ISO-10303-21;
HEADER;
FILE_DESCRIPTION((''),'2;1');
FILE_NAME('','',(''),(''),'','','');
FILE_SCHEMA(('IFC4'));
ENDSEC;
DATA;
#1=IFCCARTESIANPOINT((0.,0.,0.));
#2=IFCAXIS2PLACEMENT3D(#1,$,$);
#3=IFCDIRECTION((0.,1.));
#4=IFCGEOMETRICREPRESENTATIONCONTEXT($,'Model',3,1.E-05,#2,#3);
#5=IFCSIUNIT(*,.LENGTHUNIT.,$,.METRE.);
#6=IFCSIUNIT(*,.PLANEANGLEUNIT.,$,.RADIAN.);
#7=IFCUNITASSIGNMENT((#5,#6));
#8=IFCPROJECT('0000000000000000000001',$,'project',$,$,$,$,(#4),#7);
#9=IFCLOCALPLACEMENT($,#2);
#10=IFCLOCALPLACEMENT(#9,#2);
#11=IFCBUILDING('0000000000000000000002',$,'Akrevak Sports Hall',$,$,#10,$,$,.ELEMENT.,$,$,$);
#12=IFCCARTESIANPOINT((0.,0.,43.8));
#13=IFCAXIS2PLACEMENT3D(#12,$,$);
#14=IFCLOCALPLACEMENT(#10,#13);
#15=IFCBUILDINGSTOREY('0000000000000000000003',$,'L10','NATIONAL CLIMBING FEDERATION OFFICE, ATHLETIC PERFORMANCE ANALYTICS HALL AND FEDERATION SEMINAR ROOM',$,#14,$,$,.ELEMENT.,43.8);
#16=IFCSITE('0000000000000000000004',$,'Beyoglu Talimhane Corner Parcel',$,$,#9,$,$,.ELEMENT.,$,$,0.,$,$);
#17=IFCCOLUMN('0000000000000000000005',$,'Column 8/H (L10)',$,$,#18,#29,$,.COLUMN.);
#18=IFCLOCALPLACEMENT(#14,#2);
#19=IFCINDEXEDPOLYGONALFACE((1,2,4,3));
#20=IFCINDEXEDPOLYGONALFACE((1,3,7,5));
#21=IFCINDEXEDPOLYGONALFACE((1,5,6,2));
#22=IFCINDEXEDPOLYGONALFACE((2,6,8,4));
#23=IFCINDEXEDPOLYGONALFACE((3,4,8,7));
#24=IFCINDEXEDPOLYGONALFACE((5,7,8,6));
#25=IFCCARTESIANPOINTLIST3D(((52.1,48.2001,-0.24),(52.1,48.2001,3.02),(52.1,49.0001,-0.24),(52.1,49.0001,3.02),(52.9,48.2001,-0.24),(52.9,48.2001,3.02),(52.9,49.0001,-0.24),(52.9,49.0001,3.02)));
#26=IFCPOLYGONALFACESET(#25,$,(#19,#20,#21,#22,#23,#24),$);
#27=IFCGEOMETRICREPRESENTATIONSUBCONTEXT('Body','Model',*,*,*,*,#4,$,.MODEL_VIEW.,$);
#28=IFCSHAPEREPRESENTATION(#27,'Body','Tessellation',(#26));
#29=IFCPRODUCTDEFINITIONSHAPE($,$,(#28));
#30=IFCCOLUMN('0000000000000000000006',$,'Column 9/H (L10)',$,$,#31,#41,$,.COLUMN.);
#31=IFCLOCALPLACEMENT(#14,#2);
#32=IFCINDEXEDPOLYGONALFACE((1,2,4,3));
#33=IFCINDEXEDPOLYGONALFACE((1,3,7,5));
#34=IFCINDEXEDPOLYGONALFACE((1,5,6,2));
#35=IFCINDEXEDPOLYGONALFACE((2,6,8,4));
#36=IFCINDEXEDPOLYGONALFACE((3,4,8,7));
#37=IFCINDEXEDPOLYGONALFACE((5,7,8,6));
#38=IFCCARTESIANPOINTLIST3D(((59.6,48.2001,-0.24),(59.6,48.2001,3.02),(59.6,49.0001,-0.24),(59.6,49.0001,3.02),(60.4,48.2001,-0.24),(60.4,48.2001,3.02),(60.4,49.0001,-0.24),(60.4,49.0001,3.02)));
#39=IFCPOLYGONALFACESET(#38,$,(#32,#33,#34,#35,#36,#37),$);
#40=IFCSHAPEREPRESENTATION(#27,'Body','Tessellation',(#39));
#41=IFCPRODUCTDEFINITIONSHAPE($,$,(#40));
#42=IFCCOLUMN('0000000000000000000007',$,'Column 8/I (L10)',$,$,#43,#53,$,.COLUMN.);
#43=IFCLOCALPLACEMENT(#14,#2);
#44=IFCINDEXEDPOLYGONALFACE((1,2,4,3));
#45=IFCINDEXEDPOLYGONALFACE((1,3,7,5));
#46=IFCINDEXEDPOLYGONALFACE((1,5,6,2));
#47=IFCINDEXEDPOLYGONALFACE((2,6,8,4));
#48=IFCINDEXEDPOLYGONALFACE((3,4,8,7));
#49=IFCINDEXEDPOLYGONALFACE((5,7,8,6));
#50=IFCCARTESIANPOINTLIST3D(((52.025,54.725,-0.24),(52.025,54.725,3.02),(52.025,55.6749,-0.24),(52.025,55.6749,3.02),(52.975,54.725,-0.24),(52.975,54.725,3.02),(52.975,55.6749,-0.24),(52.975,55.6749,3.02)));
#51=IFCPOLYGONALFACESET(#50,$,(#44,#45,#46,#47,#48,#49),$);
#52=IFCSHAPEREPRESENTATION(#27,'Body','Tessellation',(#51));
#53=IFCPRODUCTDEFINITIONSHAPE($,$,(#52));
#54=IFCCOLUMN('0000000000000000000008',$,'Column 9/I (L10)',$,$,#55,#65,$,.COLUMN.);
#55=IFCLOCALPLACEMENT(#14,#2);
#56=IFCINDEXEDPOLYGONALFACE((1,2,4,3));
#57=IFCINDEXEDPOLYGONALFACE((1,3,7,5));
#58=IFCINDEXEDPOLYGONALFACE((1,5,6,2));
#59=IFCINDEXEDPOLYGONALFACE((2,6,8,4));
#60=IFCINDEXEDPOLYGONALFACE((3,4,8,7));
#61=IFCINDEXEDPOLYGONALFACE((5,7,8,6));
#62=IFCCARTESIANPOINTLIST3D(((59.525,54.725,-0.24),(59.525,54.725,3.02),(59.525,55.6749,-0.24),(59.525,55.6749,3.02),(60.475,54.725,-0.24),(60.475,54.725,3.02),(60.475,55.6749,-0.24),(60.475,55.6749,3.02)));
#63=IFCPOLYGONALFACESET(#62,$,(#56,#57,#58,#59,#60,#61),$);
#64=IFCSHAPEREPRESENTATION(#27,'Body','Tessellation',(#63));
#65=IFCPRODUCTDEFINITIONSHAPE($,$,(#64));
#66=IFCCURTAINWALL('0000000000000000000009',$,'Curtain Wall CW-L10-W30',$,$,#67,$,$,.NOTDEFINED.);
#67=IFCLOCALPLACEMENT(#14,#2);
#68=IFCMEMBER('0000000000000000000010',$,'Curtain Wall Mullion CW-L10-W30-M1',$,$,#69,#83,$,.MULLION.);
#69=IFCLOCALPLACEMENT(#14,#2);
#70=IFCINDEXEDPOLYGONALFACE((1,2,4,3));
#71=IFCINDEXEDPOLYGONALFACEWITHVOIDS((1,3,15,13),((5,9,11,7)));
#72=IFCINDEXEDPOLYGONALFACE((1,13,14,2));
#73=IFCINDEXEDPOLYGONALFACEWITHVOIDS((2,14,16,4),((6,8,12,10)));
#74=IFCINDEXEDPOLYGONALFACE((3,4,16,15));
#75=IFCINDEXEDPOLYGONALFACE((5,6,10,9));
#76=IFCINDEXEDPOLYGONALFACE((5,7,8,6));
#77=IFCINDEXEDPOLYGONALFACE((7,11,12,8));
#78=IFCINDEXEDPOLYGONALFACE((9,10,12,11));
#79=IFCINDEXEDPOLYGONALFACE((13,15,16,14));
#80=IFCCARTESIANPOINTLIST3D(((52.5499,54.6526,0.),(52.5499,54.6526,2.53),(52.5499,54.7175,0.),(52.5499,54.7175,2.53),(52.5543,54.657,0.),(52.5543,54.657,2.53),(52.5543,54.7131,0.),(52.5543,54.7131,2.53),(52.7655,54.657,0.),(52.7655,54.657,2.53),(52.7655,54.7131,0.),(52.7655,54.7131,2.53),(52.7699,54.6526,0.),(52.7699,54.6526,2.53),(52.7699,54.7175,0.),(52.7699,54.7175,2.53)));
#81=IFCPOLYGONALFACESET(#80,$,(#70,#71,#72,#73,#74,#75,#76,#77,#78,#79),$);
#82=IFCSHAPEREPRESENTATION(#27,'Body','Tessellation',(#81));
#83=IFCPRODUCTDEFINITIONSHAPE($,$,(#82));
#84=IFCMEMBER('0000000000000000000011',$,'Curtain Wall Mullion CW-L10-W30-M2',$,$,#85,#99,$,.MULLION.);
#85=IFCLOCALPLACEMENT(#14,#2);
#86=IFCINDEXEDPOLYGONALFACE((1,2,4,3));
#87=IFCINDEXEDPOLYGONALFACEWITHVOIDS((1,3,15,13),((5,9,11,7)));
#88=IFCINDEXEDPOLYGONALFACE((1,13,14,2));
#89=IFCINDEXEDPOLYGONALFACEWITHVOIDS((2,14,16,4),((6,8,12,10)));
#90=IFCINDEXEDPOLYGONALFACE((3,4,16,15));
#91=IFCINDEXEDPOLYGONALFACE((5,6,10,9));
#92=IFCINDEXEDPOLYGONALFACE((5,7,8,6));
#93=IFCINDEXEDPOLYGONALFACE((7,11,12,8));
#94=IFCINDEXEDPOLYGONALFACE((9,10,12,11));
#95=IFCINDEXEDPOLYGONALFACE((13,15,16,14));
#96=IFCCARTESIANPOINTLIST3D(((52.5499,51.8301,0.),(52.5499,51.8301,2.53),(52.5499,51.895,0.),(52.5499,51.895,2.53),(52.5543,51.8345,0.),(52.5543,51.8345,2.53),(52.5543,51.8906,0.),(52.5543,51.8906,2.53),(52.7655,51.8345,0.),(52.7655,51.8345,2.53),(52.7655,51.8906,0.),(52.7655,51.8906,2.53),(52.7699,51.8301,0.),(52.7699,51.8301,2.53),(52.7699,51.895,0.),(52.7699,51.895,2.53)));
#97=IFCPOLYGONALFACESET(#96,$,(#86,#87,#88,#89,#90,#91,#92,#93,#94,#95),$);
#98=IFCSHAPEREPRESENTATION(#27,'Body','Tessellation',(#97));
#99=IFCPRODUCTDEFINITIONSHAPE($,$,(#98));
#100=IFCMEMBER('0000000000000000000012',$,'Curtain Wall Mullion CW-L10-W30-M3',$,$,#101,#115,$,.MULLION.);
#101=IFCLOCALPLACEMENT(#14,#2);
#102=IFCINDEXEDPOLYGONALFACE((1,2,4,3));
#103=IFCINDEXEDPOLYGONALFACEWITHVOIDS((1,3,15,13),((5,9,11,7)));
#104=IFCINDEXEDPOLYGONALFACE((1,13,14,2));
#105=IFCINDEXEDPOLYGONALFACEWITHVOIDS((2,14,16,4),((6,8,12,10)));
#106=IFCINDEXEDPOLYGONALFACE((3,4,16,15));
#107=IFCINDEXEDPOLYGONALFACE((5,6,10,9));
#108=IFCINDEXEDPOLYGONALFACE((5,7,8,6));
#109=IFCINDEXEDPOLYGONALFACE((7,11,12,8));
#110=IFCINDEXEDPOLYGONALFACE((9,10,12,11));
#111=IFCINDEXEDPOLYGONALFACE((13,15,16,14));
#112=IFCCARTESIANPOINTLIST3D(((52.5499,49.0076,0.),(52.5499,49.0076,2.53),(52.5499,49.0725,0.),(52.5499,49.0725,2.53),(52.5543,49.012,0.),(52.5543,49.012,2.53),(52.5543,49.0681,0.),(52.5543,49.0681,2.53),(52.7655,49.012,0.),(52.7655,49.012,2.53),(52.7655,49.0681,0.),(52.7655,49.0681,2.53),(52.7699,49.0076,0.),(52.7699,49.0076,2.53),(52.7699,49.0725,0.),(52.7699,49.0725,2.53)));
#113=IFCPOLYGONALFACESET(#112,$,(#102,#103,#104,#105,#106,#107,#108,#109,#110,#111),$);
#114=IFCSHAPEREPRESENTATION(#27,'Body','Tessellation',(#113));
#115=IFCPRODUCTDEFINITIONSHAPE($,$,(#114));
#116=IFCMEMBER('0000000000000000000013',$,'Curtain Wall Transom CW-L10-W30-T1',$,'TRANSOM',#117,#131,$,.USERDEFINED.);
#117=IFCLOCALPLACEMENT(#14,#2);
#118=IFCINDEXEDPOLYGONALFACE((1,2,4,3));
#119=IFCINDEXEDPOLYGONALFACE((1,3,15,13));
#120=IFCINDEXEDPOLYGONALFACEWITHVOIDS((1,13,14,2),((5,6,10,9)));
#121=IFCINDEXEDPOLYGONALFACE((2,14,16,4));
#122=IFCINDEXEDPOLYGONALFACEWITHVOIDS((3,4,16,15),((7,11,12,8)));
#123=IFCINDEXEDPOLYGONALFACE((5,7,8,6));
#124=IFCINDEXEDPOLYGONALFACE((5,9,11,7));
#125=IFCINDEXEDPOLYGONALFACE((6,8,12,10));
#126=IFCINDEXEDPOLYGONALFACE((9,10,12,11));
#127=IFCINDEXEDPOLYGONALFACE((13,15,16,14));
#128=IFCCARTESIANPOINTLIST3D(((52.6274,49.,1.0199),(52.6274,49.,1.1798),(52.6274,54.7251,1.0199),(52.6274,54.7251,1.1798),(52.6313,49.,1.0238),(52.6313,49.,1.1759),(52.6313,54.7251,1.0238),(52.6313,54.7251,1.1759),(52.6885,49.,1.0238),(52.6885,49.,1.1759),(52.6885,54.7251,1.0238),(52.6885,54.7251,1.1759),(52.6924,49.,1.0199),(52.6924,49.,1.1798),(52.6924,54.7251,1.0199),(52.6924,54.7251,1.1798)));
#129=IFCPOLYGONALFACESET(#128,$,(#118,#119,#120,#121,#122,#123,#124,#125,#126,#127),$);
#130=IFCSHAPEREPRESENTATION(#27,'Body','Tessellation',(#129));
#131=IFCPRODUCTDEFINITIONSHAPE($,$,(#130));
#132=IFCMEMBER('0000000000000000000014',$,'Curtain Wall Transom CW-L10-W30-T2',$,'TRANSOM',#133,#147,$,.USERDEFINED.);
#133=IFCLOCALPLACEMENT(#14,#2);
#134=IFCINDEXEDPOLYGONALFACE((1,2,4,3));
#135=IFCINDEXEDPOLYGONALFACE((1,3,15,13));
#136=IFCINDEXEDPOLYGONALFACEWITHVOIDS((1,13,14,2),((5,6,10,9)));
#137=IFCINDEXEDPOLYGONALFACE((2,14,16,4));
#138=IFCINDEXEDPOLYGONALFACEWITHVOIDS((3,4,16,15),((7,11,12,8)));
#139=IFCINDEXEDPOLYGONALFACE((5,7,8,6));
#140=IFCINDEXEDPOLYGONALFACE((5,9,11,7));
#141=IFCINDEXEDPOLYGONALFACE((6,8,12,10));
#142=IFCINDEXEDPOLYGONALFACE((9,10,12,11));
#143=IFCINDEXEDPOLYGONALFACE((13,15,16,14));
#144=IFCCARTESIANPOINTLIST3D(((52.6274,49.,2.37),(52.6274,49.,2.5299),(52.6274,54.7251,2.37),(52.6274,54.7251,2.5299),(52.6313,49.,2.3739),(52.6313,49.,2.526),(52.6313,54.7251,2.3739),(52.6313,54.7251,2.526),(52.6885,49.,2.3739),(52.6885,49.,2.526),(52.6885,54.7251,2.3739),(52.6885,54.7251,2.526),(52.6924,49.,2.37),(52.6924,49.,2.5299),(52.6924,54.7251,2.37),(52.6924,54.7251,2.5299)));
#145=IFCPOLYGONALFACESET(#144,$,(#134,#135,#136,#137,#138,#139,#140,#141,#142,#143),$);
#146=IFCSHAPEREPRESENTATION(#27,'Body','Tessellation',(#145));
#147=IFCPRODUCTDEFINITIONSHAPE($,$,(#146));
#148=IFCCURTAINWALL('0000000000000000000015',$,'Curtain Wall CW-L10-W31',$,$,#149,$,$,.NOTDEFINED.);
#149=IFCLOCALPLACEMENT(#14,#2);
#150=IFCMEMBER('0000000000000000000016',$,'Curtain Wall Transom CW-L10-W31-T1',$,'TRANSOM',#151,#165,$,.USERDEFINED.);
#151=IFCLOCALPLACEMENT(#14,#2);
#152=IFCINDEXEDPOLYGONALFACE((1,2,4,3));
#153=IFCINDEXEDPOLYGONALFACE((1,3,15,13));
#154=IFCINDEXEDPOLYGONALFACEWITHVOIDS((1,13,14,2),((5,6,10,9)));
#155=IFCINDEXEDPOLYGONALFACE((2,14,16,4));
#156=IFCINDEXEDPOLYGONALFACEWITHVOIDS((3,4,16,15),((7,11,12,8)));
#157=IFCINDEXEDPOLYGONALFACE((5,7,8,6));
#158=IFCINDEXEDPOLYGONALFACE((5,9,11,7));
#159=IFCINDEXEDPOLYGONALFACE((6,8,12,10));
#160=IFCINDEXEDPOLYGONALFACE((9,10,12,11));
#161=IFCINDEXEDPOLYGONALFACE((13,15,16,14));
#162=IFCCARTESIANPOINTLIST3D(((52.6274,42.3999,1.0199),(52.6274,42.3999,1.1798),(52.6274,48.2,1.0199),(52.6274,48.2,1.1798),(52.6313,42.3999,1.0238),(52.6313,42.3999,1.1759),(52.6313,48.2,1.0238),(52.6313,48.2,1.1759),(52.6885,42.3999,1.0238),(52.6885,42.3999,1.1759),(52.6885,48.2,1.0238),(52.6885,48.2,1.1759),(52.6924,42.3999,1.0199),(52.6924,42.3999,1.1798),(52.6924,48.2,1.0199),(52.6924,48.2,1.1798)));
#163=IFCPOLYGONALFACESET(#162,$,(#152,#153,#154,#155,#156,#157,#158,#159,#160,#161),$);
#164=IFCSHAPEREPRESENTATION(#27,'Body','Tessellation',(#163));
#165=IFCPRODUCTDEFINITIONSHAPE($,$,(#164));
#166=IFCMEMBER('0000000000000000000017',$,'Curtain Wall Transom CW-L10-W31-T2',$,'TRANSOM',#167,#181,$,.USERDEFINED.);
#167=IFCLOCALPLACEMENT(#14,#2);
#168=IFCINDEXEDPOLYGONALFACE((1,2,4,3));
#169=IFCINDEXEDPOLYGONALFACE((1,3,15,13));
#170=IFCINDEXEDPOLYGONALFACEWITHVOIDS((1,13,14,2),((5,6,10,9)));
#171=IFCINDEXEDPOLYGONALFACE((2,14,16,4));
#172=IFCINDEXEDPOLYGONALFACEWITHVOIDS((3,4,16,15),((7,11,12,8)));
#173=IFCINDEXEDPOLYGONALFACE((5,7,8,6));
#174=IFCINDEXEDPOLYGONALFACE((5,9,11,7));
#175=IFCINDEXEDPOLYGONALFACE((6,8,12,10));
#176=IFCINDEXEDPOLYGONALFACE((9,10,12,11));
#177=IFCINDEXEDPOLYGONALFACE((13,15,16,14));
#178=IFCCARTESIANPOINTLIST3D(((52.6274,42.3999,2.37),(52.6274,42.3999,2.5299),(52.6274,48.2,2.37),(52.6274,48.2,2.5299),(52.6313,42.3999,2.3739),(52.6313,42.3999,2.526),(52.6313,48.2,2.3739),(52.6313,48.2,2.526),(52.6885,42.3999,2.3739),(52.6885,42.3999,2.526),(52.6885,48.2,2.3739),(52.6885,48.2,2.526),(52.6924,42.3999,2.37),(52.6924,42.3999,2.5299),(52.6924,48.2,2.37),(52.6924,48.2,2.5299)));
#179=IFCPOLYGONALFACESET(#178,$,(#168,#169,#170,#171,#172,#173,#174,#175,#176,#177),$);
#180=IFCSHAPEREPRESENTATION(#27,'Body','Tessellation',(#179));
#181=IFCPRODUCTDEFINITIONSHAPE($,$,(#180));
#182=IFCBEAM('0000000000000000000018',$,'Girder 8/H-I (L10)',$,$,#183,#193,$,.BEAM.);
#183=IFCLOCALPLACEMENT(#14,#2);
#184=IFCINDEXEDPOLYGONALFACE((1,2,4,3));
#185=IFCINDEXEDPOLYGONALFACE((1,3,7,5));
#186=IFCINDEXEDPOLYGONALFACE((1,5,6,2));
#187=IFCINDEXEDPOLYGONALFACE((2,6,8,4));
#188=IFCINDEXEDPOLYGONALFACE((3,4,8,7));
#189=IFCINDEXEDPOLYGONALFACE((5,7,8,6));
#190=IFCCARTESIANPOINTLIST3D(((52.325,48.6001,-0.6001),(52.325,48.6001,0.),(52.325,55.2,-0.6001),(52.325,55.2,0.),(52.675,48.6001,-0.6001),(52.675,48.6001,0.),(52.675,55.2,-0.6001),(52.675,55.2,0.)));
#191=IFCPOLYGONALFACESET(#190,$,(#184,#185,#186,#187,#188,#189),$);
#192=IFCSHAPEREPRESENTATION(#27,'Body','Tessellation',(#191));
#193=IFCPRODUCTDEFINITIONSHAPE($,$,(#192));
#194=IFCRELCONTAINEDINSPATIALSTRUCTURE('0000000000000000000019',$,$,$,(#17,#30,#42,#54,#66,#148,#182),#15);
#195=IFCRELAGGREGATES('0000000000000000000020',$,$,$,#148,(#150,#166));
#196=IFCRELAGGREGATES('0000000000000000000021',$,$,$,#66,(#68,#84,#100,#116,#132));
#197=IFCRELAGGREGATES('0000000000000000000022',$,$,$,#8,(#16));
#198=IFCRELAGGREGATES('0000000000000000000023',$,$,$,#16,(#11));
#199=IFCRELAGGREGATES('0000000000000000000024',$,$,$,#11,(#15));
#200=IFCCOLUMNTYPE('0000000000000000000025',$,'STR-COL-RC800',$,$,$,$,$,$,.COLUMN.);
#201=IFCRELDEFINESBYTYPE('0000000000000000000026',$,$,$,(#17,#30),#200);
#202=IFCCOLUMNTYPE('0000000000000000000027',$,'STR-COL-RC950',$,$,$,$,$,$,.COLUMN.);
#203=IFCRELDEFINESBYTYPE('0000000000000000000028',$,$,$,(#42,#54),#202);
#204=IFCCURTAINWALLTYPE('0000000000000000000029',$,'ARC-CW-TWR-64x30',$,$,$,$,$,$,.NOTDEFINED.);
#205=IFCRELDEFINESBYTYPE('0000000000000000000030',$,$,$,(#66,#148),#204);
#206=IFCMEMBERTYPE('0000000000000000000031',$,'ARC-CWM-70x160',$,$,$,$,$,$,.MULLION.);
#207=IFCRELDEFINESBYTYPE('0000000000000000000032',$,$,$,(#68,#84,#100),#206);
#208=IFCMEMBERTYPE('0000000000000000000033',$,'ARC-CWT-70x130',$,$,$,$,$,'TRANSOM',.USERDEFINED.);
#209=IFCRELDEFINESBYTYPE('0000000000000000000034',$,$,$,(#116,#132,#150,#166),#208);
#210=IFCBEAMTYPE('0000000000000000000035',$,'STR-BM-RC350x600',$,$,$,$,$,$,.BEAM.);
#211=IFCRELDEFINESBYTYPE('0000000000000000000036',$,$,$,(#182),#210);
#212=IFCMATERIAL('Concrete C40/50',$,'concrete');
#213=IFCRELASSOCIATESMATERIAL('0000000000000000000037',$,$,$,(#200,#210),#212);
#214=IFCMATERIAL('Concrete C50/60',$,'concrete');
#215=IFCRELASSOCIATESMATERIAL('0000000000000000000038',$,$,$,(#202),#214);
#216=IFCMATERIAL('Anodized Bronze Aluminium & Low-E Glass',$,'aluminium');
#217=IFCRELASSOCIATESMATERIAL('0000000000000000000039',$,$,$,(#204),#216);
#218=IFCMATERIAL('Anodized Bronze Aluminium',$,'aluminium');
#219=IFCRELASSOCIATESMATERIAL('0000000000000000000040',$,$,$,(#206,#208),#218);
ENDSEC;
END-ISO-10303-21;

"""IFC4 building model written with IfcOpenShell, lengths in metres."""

from ifc_helpers import new_model, si_unit, direction, frame, origin, origin_2d, place, context, subcontext, project, spatial, rectangle, hollow_rectangle, extrude, material, material_profile, profile_set, type_object, element, aggregate, save


model = new_model("IFC4")

# Units and contexts
model_context = context("Model", 3, precision=1e-05, world=origin(), true_north=direction((0.0, 1.0)))
body_context = subcontext(model_context, "Body", "Model", "MODEL_VIEW")
ifc_project = project(units=[si_unit("LENGTHUNIT", "METRE"), si_unit("PLANEANGLEUNIT", "RADIAN")], contexts=[model_context])

# Site, building, storey
site_placement = place(None, origin())
site = spatial("IfcSite", under=ifc_project, at=site_placement, Name="Beyoglu Talimhane Corner Parcel", CompositionType="ELEMENT", RefElevation=0.0)
building_placement = place(site_placement, origin())
building = spatial("IfcBuilding", under=site, at=building_placement, Name="Akrevak Sports Hall", CompositionType="ELEMENT")
storey_placement = place(building_placement, frame((0.0, 0.0, 43.8)))
storey = spatial("IfcBuildingStorey", under=building, at=storey_placement, Name="L10", Description="NATIONAL CLIMBING FEDERATION OFFICE, ATHLETIC PERFORMANCE ANALYTICS HALL AND FEDERATION SEMINAR ROOM", CompositionType="ELEMENT", Elevation=43.8)

# Columns
ifc_material_1 = material(Name="Concrete C40/50", Category="concrete")
ifc_material_profile_1 = material_profile(ifc_material_1, rectangle(XDim=0.8, YDim=0.8, at=origin_2d()), Name="RC 800x800", Category="concrete")
ifc_profile_set_1 = profile_set([ifc_material_profile_1], Name="Concrete C40/50")
column_type_1 = type_object("IfcColumnType", Name="STR-COL-RC800", PredefinedType="COLUMN", material=ifc_profile_set_1)
for number, where, z_axis, x_axis, name in (
    (1, (52.5, 48.6001, -0.24), (0.0, 0.0, 1.0), (1.0, 0.0, 0.0), "Column 8/H (L10)"),
    (2, (60.0, 48.6001, -0.24), (0.0, 0.0, 1.0), (1.0, 0.0, 0.0), "Column 9/H (L10)"),
):
    element("IfcColumn", number, at=place(storey_placement, frame(where, z_axis=z_axis, x_axis=x_axis)), inside=storey, type_object=column_type_1, Name=name, PredefinedType="COLUMN", context=body_context, shape_type="SweptSolid", body=[
        extrude(rectangle(XDim=0.8, YDim=0.8, at=origin_2d()), origin(), (0.0, 0.0, 1.0), 3.26),
    ])
ifc_material_2 = material(Name="Concrete C50/60", Category="concrete")
ifc_material_profile_2 = material_profile(ifc_material_2, rectangle(XDim=0.95, YDim=0.95, at=origin_2d()), Name="RC 950x950", Category="concrete")
ifc_profile_set_2 = profile_set([ifc_material_profile_2], Name="Concrete C50/60")
column_type_2 = type_object("IfcColumnType", Name="STR-COL-RC950", PredefinedType="COLUMN", material=ifc_profile_set_2)
for number, where, z_axis, x_axis, name in (
    (3, (52.5, 55.2, -0.24), (0.0, 0.0, 1.0), (1.0, 0.0, 0.0), "Column 8/I (L10)"),
    (4, (60.0, 55.2, -0.24), (0.0, 0.0, 1.0), (1.0, 0.0, 0.0), "Column 9/I (L10)"),
):
    element("IfcColumn", number, at=place(storey_placement, frame(where, z_axis=z_axis, x_axis=x_axis)), inside=storey, type_object=column_type_2, Name=name, PredefinedType="COLUMN", context=body_context, shape_type="SweptSolid", body=[
        extrude(rectangle(XDim=0.95, YDim=0.95, at=origin_2d()), origin(), (0.0, 0.0, 1.0), 3.26),
    ])

# Curtain walls, members
ifc_material_3 = material(Name="Anodized Bronze Aluminium & Low-E Glass", Category="aluminium")
curtain_wall_type = type_object("IfcCurtainWallType", Name="ARC-CW-TWR-64x30", PredefinedType="NOTDEFINED", material=ifc_material_3)
curtain_wall_1_placement = place(storey_placement, origin())
curtain_wall_1 = element("IfcCurtainWall", 5, at=curtain_wall_1_placement, inside=storey, type_object=curtain_wall_type, Name="Curtain Wall CW-L10-W30", PredefinedType="NOTDEFINED")
ifc_material_4 = material(Name="Anodized Bronze Aluminium", Category="aluminium")
ifc_material_profile_3 = material_profile(ifc_material_4, hollow_rectangle(XDim=0.0649, YDim=0.22, WallThickness=0.0044, at=origin_2d()), Name="CWM 65x220", Category="aluminium")
ifc_profile_set_3 = profile_set([ifc_material_profile_3], Name="Anodized Bronze Aluminium")
member_type_1 = type_object("IfcMemberType", Name="ARC-CWM-70x160", PredefinedType="MULLION", material=ifc_profile_set_3)
member_1_placement = place(storey_placement, frame((52.6599, 54.6851, 0.0), z_axis=(0.0, 0.0, 1.0), x_axis=(0.0, -1.0, 0.0)))
member_1 = element("IfcMember", 6, at=member_1_placement, type_object=member_type_1, Name="Curtain Wall Mullion CW-L10-W30-M1", PredefinedType="MULLION", context=body_context, shape_type="SweptSolid", body=[
    extrude(hollow_rectangle(XDim=0.0649, YDim=0.22, WallThickness=0.0044, at=origin_2d()), origin(), (0.0, 0.0, 1.0), 2.53),
])
member_2_placement = place(storey_placement, frame((52.6599, 51.8625, 0.0), z_axis=(0.0, 0.0, 1.0), x_axis=(0.0, -1.0, 0.0)))
member_2 = element("IfcMember", 7, at=member_2_placement, type_object=member_type_1, Name="Curtain Wall Mullion CW-L10-W30-M2", PredefinedType="MULLION", context=body_context, shape_type="SweptSolid", body=[
    extrude(hollow_rectangle(XDim=0.0649, YDim=0.22, WallThickness=0.0044, at=origin_2d()), origin(), (0.0, 0.0, 1.0), 2.53),
])
member_3_placement = place(storey_placement, frame((52.6599, 49.04, 0.0), z_axis=(0.0, 0.0, 1.0), x_axis=(0.0, -1.0, 0.0)))
member_3 = element("IfcMember", 8, at=member_3_placement, type_object=member_type_1, Name="Curtain Wall Mullion CW-L10-W30-M3", PredefinedType="MULLION", context=body_context, shape_type="SweptSolid", body=[
    extrude(hollow_rectangle(XDim=0.0649, YDim=0.22, WallThickness=0.0044, at=origin_2d()), origin(), (0.0, 0.0, 1.0), 2.53),
])
ifc_material_profile_4 = material_profile(ifc_material_4, hollow_rectangle(XDim=0.0649, YDim=0.1599, WallThickness=0.0039, at=origin_2d()), Name="CWT 65x160", Category="aluminium")
ifc_profile_set_4 = profile_set([ifc_material_profile_4], Name="Anodized Bronze Aluminium")
member_type_2 = type_object("IfcMemberType", Name="ARC-CWT-70x130", ElementType="TRANSOM", PredefinedType="USERDEFINED", material=ifc_profile_set_4)
member_4_placement = place(storey_placement, frame((52.6599, 54.7251, 1.0999), z_axis=(0.0, -1.0, 0.0), x_axis=(1.0, 0.0, 0.0)))
member_4 = element("IfcMember", 9, at=member_4_placement, type_object=member_type_2, Name="Curtain Wall Transom CW-L10-W30-T1", ObjectType="TRANSOM", PredefinedType="USERDEFINED", context=body_context, shape_type="SweptSolid", body=[
    extrude(hollow_rectangle(XDim=0.0649, YDim=0.1599, WallThickness=0.0039, at=origin_2d()), origin(), (0.0, 0.0, 1.0), 5.7251),
])
member_5_placement = place(storey_placement, frame((52.6599, 54.7251, 2.45), z_axis=(0.0, -1.0, 0.0), x_axis=(1.0, 0.0, 0.0)))
member_5 = element("IfcMember", 10, at=member_5_placement, type_object=member_type_2, Name="Curtain Wall Transom CW-L10-W30-T2", ObjectType="TRANSOM", PredefinedType="USERDEFINED", context=body_context, shape_type="SweptSolid", body=[
    extrude(hollow_rectangle(XDim=0.0649, YDim=0.1599, WallThickness=0.0039, at=origin_2d()), origin(), (0.0, 0.0, 1.0), 5.7251),
])
curtain_wall_2_placement = place(storey_placement, origin())
curtain_wall_2 = element("IfcCurtainWall", 11, at=curtain_wall_2_placement, inside=storey, type_object=curtain_wall_type, Name="Curtain Wall CW-L10-W31", PredefinedType="NOTDEFINED")
member_6_placement = place(storey_placement, frame((52.6599, 48.2, 1.0999), z_axis=(0.0, -1.0, 0.0), x_axis=(1.0, 0.0, 0.0)))
member_6 = element("IfcMember", 12, at=member_6_placement, type_object=member_type_2, Name="Curtain Wall Transom CW-L10-W31-T1", ObjectType="TRANSOM", PredefinedType="USERDEFINED", context=body_context, shape_type="SweptSolid", body=[
    extrude(hollow_rectangle(XDim=0.0649, YDim=0.1599, WallThickness=0.0039, at=origin_2d()), origin(), (0.0, 0.0, 1.0), 5.8),
])
member_7_placement = place(storey_placement, frame((52.6599, 48.2, 2.45), z_axis=(0.0, -1.0, 0.0), x_axis=(1.0, 0.0, 0.0)))
member_7 = element("IfcMember", 13, at=member_7_placement, type_object=member_type_2, Name="Curtain Wall Transom CW-L10-W31-T2", ObjectType="TRANSOM", PredefinedType="USERDEFINED", context=body_context, shape_type="SweptSolid", body=[
    extrude(hollow_rectangle(XDim=0.0649, YDim=0.1599, WallThickness=0.0039, at=origin_2d()), origin(), (0.0, 0.0, 1.0), 5.8),
])
aggregate(curtain_wall_2, [member_6, member_7])

# Beam
ifc_material_profile_5 = material_profile(ifc_material_1, rectangle(XDim=0.3501, YDim=0.6001, at=origin_2d()), Name="BM 350x600", Category="concrete")
ifc_profile_set_5 = profile_set([ifc_material_profile_5], Name="Concrete C40/50")
beam_type_1 = type_object("IfcBeamType", Name="STR-BM-RC350x600", PredefinedType="BEAM", material=ifc_profile_set_5)
beam_1_placement = place(storey_placement, frame((52.5, 48.6001, -0.3), z_axis=(0.0, 1.0, 0.0), x_axis=(-1.0, 0.0, 0.0)))
element("IfcBeam", 14, at=beam_1_placement, inside=storey, type_object=beam_type_1, Name="Girder 8/H-I (L10)", PredefinedType="BEAM", context=body_context, shape_type="SweptSolid", body=[
    extrude(rectangle(XDim=0.3501, YDim=0.6001, at=origin_2d()), origin(), (0.0, 0.0, 1.0), 6.5999),
])

aggregate(curtain_wall_1, [member_1, member_2, member_3, member_4, member_5])

save(model, "model.ifc")
